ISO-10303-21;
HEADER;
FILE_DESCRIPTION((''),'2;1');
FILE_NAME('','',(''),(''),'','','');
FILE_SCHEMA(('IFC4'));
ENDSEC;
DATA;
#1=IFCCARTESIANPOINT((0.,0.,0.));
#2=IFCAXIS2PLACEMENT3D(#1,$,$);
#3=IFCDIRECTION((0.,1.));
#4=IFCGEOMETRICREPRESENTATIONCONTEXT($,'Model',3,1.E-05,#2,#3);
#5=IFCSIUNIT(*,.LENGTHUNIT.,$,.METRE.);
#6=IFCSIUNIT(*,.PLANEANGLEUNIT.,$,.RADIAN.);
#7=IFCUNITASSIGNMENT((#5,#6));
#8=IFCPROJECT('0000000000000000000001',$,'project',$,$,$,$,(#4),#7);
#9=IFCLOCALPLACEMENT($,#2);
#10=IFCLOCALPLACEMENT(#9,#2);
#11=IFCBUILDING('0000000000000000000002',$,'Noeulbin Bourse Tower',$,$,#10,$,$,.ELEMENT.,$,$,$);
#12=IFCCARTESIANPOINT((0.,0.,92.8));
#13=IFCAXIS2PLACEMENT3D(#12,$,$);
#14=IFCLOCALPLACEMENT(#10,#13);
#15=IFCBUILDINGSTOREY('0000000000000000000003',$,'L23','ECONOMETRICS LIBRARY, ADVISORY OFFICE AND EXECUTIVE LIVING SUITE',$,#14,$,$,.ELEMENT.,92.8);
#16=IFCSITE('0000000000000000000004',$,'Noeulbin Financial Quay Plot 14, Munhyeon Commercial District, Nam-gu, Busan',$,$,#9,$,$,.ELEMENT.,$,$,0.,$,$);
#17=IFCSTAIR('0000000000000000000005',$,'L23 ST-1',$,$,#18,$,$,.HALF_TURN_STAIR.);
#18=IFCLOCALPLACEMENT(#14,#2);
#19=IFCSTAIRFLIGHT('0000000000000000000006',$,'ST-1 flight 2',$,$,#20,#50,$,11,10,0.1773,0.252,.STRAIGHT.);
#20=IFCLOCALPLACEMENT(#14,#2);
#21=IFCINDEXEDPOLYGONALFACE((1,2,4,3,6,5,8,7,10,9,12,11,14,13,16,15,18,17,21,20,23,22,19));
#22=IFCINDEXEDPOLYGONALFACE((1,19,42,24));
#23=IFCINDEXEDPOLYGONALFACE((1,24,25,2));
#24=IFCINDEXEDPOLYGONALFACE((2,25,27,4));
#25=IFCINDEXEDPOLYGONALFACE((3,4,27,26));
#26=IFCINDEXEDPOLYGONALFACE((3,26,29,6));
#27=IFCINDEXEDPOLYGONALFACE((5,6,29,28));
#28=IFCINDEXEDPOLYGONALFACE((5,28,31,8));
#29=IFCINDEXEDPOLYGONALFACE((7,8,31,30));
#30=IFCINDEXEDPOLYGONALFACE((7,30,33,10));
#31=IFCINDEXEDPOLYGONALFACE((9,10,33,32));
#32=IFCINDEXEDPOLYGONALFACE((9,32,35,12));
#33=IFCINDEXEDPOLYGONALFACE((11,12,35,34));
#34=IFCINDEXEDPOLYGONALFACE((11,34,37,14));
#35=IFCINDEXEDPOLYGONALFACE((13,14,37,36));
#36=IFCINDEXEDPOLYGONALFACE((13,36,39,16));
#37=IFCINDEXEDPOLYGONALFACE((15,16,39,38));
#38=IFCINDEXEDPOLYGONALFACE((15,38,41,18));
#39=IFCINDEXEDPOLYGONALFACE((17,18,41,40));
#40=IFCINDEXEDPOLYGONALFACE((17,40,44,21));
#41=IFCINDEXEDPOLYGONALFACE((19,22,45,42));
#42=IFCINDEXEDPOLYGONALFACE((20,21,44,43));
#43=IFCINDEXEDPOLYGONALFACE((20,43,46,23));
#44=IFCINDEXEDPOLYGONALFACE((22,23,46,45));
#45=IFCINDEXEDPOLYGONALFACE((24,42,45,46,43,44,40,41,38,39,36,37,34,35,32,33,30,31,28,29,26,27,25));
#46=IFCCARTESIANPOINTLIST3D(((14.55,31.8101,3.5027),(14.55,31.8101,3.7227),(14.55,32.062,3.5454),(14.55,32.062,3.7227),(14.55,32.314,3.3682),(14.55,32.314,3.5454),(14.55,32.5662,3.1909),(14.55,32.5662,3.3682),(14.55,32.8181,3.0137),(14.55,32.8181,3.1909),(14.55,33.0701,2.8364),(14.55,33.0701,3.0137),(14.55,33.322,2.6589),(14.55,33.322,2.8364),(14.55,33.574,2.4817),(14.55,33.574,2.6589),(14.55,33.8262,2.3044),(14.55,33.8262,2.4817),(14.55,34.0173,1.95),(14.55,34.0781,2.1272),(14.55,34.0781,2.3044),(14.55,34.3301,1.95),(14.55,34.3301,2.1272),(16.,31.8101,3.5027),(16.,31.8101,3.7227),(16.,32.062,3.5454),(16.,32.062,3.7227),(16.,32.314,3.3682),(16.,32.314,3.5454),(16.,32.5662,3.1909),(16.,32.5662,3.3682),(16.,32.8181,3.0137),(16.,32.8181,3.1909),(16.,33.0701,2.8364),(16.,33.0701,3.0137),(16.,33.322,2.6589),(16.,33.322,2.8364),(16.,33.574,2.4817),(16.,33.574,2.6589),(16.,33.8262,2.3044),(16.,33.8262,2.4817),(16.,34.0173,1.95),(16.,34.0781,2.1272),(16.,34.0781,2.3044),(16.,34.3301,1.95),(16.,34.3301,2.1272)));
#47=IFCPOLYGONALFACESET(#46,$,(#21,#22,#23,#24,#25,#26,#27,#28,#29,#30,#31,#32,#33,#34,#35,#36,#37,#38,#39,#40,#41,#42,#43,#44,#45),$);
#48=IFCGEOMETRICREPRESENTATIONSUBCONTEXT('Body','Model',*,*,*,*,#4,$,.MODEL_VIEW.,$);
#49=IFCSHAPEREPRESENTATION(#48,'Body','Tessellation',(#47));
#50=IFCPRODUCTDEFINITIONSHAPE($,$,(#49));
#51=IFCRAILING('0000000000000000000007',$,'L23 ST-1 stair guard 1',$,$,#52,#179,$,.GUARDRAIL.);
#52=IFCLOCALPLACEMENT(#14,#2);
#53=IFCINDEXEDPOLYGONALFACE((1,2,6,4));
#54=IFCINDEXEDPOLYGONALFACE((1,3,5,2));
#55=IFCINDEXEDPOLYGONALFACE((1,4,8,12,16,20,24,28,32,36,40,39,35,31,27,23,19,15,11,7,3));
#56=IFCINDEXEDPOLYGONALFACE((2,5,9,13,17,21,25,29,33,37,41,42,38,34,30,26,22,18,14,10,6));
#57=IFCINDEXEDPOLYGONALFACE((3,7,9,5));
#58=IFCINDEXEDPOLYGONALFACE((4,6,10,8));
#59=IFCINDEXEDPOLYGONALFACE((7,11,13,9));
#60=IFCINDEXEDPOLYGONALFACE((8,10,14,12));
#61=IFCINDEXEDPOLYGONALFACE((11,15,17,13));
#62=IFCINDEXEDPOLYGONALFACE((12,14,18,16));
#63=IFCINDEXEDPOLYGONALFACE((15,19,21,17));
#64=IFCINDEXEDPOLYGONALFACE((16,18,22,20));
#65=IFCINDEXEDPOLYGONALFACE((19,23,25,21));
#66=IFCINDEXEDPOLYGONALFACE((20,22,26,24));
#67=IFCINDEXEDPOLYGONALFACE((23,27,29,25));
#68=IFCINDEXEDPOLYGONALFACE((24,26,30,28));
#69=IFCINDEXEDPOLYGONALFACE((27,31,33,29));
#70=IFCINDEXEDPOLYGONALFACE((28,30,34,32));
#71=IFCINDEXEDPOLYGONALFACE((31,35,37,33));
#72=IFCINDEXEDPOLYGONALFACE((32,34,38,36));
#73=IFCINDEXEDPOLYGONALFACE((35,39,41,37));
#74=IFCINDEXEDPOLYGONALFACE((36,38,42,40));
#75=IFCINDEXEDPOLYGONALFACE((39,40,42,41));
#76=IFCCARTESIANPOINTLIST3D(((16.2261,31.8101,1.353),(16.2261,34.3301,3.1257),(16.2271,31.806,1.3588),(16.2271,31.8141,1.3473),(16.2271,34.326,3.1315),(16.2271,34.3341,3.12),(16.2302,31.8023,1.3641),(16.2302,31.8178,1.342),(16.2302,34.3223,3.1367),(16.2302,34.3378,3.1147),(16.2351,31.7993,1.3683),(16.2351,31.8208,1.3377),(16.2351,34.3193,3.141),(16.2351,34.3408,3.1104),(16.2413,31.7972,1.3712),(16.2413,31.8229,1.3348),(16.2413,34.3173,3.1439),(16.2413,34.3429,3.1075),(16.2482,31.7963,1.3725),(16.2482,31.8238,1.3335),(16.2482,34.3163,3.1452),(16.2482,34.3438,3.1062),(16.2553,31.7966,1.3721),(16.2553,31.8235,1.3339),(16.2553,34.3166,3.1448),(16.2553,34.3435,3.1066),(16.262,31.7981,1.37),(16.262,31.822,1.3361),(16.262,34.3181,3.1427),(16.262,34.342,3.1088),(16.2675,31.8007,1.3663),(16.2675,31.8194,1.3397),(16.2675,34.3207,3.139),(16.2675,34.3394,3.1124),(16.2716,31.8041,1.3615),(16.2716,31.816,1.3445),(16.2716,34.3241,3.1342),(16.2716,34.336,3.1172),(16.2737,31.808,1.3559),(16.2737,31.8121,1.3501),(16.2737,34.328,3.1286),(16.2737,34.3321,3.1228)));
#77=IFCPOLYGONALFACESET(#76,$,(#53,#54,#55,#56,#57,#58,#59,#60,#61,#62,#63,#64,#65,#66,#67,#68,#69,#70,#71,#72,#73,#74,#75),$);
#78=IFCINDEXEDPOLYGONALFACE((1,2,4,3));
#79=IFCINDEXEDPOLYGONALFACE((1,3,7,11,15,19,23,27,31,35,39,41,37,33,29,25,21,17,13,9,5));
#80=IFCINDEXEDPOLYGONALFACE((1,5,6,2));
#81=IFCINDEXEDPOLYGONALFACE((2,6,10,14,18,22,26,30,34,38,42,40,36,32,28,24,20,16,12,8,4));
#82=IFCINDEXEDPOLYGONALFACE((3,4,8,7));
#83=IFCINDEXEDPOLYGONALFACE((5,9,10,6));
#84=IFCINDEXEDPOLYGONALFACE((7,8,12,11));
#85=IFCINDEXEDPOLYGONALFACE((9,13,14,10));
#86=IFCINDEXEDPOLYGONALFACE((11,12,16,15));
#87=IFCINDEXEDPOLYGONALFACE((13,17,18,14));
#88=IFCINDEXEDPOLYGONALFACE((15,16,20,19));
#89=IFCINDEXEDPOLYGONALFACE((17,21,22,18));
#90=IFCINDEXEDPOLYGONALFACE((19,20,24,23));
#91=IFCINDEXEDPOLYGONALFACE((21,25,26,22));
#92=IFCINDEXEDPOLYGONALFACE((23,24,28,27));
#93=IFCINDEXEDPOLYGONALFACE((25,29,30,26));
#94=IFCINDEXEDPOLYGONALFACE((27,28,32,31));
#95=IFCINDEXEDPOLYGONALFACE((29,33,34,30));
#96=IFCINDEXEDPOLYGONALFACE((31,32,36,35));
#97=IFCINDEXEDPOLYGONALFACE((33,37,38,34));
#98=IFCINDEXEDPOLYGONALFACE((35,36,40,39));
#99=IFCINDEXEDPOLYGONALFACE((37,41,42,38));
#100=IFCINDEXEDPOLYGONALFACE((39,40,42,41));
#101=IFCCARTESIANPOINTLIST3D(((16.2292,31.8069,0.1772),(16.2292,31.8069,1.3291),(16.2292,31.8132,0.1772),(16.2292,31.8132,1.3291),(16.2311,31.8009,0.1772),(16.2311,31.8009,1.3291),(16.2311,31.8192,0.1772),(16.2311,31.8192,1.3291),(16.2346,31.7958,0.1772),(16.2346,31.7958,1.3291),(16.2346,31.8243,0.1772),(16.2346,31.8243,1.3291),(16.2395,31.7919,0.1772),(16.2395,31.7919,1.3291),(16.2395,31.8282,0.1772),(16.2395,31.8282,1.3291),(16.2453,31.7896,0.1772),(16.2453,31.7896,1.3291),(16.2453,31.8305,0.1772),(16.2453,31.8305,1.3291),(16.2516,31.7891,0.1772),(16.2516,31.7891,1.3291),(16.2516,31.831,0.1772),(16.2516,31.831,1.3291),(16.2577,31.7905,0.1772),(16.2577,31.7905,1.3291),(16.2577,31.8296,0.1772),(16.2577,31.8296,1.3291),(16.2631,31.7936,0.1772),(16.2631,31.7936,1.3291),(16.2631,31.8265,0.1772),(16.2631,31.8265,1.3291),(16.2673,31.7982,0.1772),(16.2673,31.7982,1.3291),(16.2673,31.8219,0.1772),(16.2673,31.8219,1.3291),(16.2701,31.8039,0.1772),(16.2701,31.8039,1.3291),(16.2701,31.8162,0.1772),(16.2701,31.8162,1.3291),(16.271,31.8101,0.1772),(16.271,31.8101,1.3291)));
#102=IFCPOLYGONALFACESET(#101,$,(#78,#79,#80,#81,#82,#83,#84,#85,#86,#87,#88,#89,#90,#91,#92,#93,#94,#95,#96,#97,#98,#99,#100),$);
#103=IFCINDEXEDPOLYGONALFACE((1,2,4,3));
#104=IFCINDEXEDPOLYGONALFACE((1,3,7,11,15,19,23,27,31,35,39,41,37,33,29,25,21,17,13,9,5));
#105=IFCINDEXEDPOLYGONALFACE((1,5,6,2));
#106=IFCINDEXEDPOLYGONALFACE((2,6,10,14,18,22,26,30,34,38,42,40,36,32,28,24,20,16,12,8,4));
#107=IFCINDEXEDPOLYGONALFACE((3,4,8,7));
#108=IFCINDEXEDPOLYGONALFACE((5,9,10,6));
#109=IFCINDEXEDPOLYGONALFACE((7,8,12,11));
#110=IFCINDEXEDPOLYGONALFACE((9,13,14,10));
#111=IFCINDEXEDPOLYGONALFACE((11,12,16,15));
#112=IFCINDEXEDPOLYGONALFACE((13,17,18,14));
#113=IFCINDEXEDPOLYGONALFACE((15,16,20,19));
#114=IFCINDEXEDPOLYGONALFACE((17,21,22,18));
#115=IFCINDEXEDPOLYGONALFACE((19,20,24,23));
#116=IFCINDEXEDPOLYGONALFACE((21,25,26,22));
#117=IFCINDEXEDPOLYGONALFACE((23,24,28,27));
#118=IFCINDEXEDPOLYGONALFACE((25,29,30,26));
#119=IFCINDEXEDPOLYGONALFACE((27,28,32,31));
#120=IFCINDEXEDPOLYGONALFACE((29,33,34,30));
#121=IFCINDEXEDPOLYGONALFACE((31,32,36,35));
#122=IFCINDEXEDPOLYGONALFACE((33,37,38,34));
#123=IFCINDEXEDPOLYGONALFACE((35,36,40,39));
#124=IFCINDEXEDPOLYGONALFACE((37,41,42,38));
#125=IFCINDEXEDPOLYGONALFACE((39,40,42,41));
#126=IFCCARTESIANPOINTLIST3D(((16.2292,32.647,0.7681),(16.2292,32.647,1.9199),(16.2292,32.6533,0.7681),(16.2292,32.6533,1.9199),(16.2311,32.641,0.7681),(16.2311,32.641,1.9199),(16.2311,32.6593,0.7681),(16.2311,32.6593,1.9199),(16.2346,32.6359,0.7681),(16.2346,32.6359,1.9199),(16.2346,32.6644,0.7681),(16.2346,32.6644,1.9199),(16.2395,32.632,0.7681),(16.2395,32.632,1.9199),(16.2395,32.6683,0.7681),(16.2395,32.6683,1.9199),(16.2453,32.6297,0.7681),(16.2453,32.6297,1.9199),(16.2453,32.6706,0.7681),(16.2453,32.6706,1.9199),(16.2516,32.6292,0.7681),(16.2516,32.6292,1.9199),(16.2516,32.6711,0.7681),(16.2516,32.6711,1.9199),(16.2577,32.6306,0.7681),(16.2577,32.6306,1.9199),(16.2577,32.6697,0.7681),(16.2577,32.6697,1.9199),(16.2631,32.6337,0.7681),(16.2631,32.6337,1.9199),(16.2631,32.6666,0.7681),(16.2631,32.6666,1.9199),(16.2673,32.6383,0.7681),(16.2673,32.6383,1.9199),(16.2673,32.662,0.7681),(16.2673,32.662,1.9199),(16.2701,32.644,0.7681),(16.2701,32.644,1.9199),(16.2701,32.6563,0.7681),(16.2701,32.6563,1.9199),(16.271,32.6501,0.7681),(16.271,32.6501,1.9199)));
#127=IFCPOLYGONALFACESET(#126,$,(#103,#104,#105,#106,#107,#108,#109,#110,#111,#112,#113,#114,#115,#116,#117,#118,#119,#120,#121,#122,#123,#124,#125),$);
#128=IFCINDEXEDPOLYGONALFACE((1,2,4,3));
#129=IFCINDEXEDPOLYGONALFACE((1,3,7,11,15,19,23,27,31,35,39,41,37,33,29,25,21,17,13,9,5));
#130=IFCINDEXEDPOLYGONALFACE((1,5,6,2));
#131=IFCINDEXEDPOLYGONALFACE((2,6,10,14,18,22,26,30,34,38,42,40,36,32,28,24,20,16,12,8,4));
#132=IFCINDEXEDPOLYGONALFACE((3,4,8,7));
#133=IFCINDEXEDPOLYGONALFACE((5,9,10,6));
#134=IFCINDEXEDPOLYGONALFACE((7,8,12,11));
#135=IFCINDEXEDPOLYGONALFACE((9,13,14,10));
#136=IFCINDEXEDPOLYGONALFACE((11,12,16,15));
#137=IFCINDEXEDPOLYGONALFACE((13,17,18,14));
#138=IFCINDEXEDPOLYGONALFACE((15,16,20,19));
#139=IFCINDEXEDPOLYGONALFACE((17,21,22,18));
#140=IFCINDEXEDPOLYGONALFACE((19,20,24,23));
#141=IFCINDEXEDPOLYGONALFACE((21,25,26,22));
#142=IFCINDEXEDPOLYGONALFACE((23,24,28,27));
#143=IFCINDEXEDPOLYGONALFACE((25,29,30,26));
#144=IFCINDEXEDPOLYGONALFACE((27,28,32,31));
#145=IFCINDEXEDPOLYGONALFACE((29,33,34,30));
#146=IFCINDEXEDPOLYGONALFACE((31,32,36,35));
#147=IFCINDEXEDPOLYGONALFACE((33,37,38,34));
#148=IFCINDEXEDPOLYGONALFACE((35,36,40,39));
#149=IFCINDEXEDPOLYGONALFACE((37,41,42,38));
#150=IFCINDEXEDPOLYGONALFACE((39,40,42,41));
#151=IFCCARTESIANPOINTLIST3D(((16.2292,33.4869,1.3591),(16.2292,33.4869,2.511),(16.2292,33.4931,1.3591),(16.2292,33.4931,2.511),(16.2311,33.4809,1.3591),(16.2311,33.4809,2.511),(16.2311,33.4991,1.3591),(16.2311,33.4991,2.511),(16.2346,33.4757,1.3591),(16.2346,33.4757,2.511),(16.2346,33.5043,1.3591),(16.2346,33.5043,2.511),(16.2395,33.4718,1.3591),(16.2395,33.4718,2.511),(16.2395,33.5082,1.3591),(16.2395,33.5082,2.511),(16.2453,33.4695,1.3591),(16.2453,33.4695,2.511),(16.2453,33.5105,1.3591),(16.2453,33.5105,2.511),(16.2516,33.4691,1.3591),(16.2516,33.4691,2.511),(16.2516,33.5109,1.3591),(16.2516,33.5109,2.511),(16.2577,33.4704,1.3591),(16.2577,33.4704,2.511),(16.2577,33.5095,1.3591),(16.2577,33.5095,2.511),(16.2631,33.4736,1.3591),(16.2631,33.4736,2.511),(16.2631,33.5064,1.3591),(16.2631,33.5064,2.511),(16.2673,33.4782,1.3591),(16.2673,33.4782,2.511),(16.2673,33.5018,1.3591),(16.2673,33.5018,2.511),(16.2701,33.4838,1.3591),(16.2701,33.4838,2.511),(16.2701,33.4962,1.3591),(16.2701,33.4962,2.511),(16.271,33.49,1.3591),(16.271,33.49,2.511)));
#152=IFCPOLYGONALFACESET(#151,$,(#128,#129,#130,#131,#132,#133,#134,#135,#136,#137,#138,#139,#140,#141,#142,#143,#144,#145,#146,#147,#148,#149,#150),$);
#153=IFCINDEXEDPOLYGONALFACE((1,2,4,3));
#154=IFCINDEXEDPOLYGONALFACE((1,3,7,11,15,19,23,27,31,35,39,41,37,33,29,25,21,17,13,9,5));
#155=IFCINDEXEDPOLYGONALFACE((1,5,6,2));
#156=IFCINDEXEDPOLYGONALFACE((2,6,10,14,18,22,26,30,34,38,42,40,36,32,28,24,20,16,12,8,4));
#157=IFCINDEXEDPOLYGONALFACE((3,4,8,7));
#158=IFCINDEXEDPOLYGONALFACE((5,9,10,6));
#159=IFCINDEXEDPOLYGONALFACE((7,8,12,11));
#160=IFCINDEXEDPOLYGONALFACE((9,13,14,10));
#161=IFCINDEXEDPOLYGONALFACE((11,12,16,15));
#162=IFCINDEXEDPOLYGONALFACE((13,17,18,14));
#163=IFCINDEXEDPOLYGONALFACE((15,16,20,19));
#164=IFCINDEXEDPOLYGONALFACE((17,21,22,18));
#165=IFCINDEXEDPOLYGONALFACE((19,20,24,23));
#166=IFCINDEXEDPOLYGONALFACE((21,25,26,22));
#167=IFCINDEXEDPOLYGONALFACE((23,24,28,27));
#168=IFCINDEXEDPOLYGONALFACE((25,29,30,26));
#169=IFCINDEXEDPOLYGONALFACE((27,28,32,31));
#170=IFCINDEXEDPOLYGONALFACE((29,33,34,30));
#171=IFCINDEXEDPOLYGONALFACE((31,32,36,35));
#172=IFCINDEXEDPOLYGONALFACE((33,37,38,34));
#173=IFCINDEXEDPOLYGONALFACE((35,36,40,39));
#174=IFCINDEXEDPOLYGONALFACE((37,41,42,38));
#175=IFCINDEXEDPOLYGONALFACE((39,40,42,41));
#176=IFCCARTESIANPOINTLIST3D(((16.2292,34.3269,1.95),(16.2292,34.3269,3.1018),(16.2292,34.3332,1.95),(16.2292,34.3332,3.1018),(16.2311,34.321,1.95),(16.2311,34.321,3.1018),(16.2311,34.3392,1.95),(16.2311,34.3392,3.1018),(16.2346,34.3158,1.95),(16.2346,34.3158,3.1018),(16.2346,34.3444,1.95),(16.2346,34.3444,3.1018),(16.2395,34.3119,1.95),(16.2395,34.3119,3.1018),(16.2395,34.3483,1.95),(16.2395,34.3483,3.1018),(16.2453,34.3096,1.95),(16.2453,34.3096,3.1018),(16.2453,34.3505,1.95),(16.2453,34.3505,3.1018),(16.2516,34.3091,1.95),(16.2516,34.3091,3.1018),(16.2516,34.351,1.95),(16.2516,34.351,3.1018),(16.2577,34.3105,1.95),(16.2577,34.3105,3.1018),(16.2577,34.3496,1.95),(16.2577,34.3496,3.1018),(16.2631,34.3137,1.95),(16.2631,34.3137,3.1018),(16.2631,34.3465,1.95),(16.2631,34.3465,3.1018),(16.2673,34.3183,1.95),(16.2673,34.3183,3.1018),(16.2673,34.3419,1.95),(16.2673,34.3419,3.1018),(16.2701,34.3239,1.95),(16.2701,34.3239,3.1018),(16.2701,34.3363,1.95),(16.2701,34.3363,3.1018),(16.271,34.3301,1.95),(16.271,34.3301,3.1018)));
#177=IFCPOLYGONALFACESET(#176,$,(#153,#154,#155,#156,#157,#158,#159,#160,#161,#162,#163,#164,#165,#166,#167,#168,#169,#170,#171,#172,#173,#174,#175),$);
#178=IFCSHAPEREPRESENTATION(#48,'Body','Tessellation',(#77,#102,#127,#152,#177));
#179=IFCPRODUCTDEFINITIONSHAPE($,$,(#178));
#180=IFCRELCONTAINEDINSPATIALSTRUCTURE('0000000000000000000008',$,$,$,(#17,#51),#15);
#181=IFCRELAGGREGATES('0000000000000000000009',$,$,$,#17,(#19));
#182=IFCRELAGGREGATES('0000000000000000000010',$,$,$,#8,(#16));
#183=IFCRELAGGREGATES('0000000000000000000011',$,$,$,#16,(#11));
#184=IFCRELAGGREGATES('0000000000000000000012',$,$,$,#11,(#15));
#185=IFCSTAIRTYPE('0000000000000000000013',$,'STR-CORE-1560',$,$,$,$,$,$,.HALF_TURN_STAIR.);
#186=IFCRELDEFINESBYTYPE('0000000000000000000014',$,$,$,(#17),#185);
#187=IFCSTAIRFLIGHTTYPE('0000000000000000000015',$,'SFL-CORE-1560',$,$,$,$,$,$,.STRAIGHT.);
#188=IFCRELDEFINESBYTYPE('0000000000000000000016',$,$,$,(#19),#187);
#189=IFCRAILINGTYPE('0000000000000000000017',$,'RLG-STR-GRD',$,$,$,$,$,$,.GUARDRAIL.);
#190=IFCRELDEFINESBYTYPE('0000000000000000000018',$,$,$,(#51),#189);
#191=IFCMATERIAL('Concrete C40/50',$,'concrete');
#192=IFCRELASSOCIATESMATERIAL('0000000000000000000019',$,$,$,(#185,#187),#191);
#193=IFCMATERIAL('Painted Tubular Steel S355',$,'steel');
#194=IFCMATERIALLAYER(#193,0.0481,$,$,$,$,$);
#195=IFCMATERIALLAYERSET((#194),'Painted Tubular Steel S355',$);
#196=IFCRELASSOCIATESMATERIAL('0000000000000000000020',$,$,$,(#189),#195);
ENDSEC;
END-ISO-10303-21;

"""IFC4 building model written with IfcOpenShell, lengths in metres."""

from ifc_helpers import new_model, si_unit, direction, frame, origin, origin_2d, place, context, subcontext, project, spatial, polyline, circle, outline, extrude, material, layer, layer_set, type_object, element, aggregate, save


model = new_model("IFC4")

# Units and contexts
model_context = context("Model", 3, precision=1e-05, world=origin(), true_north=direction((0.0, 1.0)))
body_context = subcontext(model_context, "Body", "Model", "MODEL_VIEW")
ifc_project = project(units=[si_unit("LENGTHUNIT", "METRE"), si_unit("PLANEANGLEUNIT", "RADIAN")], contexts=[model_context])

# Site, building, storey
site_placement = place(None, origin())
site = spatial("IfcSite", under=ifc_project, at=site_placement, Name="Noeulbin Financial Quay Plot 14, Munhyeon Commercial District, Nam-gu, Busan", CompositionType="ELEMENT", RefElevation=0.0)
building_placement = place(site_placement, origin())
building = spatial("IfcBuilding", under=site, at=building_placement, Name="Noeulbin Bourse Tower", CompositionType="ELEMENT")
storey_placement = place(building_placement, frame((0.0, 0.0, 92.8)))
storey = spatial("IfcBuildingStorey", under=building, at=storey_placement, Name="L23", Description="ECONOMETRICS LIBRARY, ADVISORY OFFICE AND EXECUTIVE LIVING SUITE", CompositionType="ELEMENT", Elevation=92.8)

# Shared definitions
ifc_material_1 = material(Name="Concrete C40/50", Category="concrete")

# Stair, stair flight
stair_type = type_object("IfcStairType", Name="STR-CORE-1560", PredefinedType="HALF_TURN_STAIR", material=ifc_material_1)
stair_placement = place(storey_placement, origin())
stair = element("IfcStair", 1, at=stair_placement, inside=storey, type_object=stair_type, Name="L23 ST-1", PredefinedType="HALF_TURN_STAIR")
stair_flight_type = type_object("IfcStairFlightType", Name="SFL-CORE-1560", PredefinedType="STRAIGHT", material=ifc_material_1)
stair_flight_1_placement = place(storey_placement, frame((15.2749, 34.3301, 1.95), z_axis=(0.0, 0.0, 1.0), x_axis=(0.0, -1.0, 0.0)))
stair_flight_1 = element("IfcStairFlight", 2, at=stair_flight_1_placement, type_object=stair_flight_type, Name="ST-1 flight 2", NumberOfRisers=11, NumberOfTreads=10, PredefinedType="STRAIGHT", RiserHeight=0.1773, TreadLength=0.252, context=body_context, shape_type="SweptSolid", body=[
    extrude(outline(polyline([(0.0, 0.0), (0.0, 0.1772), (0.252, 0.1772), (0.252, 0.3545), (0.5039, 0.3545), (0.5039, 0.5317), (0.7561, 0.5317), (0.7561, 0.709), (1.0081, 0.709), (1.0081, 0.8865), (1.26, 0.8865), (1.26, 1.0637), (1.512, 1.0637), (1.512, 1.241), (1.7639, 1.241), (1.7639, 1.4182), (2.0161, 1.4182), (2.0161, 1.5955), (2.2681, 1.5955), (2.2681, 1.7727), (2.52, 1.7727), (2.52, 1.95), (2.52, 1.5527), (0.3127, 0.0), (0.0, 0.0)])), frame((0.0, 0.7251, 0.0), z_axis=(0.0, -1.0, 0.0), x_axis=(1.0, 0.0, 0.0)), (0.0, 0.0, 1.0), 1.45),
])
aggregate(stair, [stair_flight_1])

# Railing
ifc_material_2 = material(Name="Painted Tubular Steel S355", Category="steel")
ifc_layer_1 = layer(ifc_material_2, 0.0481)
ifc_layer_set_1 = layer_set([ifc_layer_1], Name="Painted Tubular Steel S355")
railing_type_1 = type_object("IfcRailingType", Name="RLG-STR-GRD", PredefinedType="GUARDRAIL", material=ifc_layer_set_1)
railing_1_placement = place(storey_placement, frame((16.25, 31.8101, 0.1772)))
element("IfcRailing", 3, at=railing_1_placement, inside=storey, type_object=railing_type_1, Name="L23 ST-1 stair guard 1", PredefinedType="GUARDRAIL", context=body_context, shape_type="SweptSolid", body=[
    extrude(circle(Radius=0.0239, at=origin_2d()), frame((0.0, 0.0, 1.1758), z_axis=(0.0, 0.817904, 0.575354), x_axis=(-1.0, 0.0, 0.0)), (0.0, 0.0, 1.0), 3.0811),
    extrude(circle(Radius=0.021, at=origin_2d()), origin(), (0.0, 0.0, 1.0), 1.1519),
    extrude(circle(Radius=0.021, at=origin_2d()), frame((0.0, 0.8401, 0.5908)), (0.0, 0.0, 1.0), 1.1519),
    extrude(circle(Radius=0.021, at=origin_2d()), frame((0.0, 1.6799, 1.1819)), (0.0, 0.0, 1.0), 1.1519),
    extrude(circle(Radius=0.021, at=origin_2d()), frame((0.0, 2.52, 1.7727)), (0.0, 0.0, 1.0), 1.1519),
])

save(model, "model.ifc")
